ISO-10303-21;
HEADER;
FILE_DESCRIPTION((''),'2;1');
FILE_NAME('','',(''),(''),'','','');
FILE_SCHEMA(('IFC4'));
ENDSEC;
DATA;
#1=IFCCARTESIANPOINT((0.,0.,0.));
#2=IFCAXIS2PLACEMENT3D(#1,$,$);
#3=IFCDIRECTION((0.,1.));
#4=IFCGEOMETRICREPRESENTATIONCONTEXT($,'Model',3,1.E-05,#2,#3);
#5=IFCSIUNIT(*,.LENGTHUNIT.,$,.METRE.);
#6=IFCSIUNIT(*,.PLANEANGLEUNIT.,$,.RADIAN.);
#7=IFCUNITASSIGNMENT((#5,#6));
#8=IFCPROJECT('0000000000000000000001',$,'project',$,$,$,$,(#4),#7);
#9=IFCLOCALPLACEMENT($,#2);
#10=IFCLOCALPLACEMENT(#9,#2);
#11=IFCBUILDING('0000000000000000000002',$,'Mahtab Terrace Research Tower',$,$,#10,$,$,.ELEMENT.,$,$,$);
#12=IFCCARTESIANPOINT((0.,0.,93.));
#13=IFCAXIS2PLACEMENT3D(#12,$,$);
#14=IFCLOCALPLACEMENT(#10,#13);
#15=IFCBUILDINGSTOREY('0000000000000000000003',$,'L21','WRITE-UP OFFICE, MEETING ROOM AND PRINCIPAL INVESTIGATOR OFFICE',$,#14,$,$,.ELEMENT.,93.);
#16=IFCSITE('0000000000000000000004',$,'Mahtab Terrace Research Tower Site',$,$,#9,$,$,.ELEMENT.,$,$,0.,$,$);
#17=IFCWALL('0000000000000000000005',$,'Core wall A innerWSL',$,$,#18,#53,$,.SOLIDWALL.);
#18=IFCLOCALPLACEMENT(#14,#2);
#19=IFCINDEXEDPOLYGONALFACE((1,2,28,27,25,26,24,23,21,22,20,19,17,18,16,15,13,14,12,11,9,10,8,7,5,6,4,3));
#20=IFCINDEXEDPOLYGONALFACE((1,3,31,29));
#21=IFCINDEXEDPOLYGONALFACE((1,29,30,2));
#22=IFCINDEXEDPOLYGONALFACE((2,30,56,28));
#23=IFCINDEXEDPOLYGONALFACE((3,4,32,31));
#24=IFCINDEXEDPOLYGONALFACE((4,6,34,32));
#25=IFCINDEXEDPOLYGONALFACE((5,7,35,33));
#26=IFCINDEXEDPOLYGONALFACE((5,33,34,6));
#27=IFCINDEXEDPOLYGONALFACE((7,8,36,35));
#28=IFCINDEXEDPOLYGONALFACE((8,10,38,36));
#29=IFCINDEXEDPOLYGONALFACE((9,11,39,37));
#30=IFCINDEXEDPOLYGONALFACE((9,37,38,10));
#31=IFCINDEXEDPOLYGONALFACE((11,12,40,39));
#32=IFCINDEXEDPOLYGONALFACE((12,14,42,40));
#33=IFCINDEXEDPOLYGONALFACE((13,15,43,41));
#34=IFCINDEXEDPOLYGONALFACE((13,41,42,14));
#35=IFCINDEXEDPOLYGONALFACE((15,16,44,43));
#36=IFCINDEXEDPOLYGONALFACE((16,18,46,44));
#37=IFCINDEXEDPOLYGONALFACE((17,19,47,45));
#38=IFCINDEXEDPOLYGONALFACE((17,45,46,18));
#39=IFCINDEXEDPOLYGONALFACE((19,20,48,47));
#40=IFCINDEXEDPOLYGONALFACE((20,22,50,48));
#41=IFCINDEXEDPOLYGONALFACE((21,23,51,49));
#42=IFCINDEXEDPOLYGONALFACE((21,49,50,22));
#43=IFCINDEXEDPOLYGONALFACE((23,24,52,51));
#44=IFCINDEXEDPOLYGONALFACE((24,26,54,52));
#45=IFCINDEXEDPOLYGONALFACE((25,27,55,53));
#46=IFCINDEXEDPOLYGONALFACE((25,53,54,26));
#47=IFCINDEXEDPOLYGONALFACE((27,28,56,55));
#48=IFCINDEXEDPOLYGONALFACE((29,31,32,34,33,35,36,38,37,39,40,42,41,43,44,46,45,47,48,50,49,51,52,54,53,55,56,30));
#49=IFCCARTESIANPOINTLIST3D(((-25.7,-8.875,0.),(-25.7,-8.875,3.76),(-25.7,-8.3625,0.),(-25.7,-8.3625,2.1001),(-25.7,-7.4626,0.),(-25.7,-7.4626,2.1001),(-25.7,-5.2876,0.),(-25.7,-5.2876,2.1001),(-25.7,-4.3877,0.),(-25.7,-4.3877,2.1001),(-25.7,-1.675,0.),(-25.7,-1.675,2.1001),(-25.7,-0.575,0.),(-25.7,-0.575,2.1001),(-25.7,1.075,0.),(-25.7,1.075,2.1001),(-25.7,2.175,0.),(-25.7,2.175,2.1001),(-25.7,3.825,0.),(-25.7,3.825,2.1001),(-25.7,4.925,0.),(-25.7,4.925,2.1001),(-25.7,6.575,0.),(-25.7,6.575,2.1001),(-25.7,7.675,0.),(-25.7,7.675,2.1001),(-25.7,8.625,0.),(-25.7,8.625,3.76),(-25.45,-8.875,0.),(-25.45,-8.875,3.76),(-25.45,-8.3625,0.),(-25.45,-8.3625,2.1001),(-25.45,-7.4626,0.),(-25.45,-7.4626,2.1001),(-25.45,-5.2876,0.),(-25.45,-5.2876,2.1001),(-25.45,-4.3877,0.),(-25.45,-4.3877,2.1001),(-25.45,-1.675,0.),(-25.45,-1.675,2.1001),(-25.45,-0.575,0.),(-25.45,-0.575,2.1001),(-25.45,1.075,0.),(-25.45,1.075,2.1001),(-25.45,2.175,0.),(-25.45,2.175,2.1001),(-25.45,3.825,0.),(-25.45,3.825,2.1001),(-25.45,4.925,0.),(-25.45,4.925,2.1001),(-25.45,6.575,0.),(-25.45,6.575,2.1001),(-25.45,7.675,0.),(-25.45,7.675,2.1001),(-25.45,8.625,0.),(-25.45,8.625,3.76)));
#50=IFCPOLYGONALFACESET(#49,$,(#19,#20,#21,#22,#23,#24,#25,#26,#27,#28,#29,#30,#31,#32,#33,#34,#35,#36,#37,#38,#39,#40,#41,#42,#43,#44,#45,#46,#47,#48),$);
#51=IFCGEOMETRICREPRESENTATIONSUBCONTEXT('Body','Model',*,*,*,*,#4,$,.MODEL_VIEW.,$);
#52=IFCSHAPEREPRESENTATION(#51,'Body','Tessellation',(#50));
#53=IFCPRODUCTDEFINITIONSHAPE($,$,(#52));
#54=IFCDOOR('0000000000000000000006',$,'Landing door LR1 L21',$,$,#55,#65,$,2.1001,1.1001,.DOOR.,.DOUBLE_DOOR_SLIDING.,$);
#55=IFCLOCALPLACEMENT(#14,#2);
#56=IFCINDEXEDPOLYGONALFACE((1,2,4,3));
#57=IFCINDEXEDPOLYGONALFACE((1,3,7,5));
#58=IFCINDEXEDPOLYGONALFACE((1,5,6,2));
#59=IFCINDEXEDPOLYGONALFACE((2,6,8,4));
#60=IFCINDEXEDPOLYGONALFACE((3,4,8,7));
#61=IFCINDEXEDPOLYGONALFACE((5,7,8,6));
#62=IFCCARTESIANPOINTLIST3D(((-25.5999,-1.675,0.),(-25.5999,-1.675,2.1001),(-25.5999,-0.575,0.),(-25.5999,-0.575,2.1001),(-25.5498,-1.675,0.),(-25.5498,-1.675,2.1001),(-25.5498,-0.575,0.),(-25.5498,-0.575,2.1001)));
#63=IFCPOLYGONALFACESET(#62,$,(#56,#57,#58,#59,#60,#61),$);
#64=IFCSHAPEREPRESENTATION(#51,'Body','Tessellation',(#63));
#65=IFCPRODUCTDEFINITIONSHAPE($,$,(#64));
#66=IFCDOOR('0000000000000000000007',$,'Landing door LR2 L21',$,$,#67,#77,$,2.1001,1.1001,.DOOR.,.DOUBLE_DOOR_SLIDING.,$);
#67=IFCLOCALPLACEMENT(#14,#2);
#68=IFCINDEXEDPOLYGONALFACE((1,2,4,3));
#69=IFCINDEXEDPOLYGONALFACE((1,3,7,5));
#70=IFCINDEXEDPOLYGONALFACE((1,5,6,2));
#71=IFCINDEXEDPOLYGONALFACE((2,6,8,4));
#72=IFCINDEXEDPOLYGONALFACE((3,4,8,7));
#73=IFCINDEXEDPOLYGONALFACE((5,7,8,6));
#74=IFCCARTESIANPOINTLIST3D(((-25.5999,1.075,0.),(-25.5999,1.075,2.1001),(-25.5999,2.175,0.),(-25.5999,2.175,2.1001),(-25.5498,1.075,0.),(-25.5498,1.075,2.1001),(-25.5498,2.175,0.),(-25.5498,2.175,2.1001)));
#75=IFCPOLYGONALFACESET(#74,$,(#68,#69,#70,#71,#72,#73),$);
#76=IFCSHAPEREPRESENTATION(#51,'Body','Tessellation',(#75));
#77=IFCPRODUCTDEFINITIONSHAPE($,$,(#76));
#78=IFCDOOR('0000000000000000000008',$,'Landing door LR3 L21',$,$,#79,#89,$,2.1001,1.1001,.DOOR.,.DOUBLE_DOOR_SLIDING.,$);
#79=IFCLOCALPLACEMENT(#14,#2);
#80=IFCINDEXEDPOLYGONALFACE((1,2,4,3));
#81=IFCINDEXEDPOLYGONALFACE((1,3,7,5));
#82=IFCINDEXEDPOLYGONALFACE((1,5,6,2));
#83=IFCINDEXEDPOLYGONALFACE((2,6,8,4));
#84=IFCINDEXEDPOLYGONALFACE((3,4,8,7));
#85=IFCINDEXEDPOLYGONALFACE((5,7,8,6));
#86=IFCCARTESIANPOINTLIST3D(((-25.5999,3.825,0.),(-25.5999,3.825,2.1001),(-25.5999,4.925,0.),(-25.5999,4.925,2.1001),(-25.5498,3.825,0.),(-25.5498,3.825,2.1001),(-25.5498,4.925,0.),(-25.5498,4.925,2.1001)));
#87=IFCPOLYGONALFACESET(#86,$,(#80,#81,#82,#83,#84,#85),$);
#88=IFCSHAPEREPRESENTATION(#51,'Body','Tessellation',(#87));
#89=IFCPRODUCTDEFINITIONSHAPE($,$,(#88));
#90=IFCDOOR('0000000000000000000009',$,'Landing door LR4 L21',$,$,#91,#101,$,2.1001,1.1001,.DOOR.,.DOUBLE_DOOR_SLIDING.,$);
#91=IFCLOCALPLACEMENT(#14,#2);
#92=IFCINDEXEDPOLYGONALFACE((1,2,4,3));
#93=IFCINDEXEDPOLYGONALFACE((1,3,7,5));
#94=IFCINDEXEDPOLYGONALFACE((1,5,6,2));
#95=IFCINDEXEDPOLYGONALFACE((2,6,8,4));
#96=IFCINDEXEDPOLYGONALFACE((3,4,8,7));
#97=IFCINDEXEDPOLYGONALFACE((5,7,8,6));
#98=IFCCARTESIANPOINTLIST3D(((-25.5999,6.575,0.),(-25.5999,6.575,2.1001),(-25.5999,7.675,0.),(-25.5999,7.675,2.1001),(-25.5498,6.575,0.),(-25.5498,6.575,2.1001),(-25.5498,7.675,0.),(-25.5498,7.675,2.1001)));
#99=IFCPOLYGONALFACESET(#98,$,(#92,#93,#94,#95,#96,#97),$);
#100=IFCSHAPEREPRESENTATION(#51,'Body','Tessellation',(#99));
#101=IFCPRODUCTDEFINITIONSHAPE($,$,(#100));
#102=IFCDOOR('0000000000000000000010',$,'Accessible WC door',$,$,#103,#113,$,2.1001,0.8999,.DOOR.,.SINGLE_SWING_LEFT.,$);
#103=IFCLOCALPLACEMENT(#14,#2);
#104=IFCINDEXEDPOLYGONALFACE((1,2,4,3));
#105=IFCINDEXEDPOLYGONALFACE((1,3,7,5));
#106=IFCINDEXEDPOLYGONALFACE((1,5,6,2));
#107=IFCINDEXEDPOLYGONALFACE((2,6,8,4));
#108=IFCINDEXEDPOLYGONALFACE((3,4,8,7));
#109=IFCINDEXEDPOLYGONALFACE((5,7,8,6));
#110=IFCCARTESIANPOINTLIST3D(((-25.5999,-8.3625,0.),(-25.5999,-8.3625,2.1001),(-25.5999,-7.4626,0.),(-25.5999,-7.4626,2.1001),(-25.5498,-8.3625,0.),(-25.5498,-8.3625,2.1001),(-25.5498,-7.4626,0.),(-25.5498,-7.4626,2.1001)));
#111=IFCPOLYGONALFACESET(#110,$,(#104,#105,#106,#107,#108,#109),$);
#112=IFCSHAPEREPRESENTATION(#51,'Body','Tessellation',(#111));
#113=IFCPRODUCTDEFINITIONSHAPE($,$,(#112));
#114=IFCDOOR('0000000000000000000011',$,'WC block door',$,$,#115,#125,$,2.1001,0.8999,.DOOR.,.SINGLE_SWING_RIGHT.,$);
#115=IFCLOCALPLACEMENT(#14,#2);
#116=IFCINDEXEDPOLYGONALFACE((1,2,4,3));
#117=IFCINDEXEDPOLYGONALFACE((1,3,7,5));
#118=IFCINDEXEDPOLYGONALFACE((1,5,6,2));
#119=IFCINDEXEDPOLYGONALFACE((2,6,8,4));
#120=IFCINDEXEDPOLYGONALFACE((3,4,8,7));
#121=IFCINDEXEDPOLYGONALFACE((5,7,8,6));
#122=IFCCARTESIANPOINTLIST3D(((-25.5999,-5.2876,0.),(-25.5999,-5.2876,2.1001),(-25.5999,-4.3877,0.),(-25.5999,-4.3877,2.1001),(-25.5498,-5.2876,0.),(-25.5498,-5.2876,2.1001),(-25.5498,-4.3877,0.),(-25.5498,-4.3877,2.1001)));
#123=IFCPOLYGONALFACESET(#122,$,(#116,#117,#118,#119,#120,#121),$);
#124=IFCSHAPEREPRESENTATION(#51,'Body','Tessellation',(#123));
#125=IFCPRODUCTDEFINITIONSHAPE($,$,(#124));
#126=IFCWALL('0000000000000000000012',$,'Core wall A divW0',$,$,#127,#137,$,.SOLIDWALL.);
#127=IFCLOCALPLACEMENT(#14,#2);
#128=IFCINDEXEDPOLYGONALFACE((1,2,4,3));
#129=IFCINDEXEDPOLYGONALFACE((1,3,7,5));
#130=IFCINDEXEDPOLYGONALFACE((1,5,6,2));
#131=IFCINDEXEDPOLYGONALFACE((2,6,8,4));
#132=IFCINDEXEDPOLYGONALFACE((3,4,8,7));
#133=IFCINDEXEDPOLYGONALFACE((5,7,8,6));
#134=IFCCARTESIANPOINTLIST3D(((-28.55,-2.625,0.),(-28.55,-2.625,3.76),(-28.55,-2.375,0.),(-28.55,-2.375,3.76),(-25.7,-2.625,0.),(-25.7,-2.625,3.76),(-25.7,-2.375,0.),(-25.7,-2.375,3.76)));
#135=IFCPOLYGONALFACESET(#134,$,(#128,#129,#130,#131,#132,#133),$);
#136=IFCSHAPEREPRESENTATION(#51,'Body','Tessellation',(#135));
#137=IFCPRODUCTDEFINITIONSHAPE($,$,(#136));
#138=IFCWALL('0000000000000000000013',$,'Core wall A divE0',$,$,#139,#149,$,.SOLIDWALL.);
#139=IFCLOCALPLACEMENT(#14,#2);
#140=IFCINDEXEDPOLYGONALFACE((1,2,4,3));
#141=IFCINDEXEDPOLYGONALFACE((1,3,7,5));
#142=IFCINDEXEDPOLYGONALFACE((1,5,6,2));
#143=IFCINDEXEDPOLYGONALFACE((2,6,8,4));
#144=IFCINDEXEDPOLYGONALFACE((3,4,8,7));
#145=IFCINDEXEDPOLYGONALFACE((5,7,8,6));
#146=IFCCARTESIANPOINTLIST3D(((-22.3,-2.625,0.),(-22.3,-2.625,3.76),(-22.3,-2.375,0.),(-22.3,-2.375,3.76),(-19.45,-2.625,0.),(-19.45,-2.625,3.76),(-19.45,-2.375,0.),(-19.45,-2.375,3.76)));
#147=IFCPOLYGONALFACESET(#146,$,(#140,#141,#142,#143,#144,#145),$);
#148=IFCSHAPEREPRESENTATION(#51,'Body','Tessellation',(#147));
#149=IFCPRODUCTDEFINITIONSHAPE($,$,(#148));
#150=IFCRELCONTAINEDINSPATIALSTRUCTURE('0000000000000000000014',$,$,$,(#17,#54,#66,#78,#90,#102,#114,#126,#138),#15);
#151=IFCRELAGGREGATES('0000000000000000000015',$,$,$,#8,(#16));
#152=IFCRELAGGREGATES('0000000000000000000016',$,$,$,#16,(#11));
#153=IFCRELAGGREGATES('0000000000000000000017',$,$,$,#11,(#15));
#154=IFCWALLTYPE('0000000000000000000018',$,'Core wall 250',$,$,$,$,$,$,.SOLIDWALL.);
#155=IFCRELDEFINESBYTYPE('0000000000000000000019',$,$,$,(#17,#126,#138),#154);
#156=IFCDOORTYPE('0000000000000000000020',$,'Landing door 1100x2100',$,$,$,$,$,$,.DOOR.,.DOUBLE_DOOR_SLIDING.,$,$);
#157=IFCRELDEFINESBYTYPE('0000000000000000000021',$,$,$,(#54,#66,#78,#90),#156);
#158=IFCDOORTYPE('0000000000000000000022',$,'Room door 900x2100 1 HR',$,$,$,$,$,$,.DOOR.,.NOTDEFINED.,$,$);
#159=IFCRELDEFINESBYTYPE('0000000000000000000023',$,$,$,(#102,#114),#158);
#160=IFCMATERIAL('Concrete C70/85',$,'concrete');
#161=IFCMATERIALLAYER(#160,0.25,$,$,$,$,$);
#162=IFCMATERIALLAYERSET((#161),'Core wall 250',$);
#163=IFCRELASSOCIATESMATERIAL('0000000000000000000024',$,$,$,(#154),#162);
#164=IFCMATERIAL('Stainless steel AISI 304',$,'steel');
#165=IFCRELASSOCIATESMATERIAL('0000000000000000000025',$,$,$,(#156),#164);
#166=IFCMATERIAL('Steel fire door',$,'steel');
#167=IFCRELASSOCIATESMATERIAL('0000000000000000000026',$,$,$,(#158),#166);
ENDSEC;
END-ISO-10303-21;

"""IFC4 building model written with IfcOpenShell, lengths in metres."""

from ifc_helpers import new_model, si_unit, direction, frame, frame_2d, origin, place, context, subcontext, project, spatial, rectangle, extrude, material, layer, layer_set, type_object, element, fill, save


model = new_model("IFC4")

# Units and contexts
model_context = context("Model", 3, precision=1e-05, world=origin(), true_north=direction((0.0, 1.0)))
body_context = subcontext(model_context, "Body", "Model", "MODEL_VIEW")
ifc_project = project(units=[si_unit("LENGTHUNIT", "METRE"), si_unit("PLANEANGLEUNIT", "RADIAN")], contexts=[model_context])

# Site, building, storey
site_placement = place(None, origin())
site = spatial("IfcSite", under=ifc_project, at=site_placement, Name="Mahtab Terrace Research Tower Site", CompositionType="ELEMENT", RefElevation=0.0)
building_placement = place(site_placement, origin())
building = spatial("IfcBuilding", under=site, at=building_placement, Name="Mahtab Terrace Research Tower", CompositionType="ELEMENT")
storey_placement = place(building_placement, frame((0.0, 0.0, 93.0)))
storey = spatial("IfcBuildingStorey", under=building, at=storey_placement, Name="L21", Description="WRITE-UP OFFICE, MEETING ROOM AND PRINCIPAL INVESTIGATOR OFFICE", CompositionType="ELEMENT", Elevation=93.0)

# Shared definitions
ifc_material_1 = material(Name="Concrete C70/85", Category="concrete")

# Shared definitions
ifc_layer_1 = layer(ifc_material_1, 0.25)
ifc_layer_set_1 = layer_set([ifc_layer_1], Name="Core wall 250")
wall_type_1 = type_object("IfcWallType", Name="Core wall 250", PredefinedType="SOLIDWALL", material=ifc_layer_set_1)

# Shared definitions
ifc_material_2 = material(Name="Steel fire door", Category="steel")

# Wall, openings, doors
wall_1_placement = place(storey_placement, frame((-25.575, -8.875, 0.0), z_axis=(0.0, 0.0, 1.0), x_axis=(0.0, 1.0, 0.0)))
wall_1 = element("IfcWall", 1, at=wall_1_placement, inside=storey, type_object=wall_type_1, Name="Core wall A innerWSL", PredefinedType="SOLIDWALL", context=body_context, shape_type="SweptSolid", body=[
    extrude(rectangle(XDim=17.5, YDim=0.25, at=frame_2d((8.75, 0.0))), origin(), (0.0, 0.0, 1.0), 3.76),
])
opening_1_placement = place(wall_1_placement, frame((7.2, 0.0, 0.0)))
opening_1 = element("IfcOpeningElement", 2, at=opening_1_placement, cuts=wall_1, PredefinedType="OPENING", context=body_context, shape_type="SweptSolid", body=[
    extrude(rectangle(XDim=1.1001, YDim=2.1001, at=frame_2d((0.55, 1.05))), frame((0.0, 0.135, 0.0), z_axis=(0.0, -1.0, 0.0), x_axis=(1.0, 0.0, 0.0)), (0.0, 0.0, 1.0), 0.27),
])
opening_2_placement = place(wall_1_placement, frame((9.95, 0.0, 0.0)))
opening_2 = element("IfcOpeningElement", 3, at=opening_2_placement, cuts=wall_1, PredefinedType="OPENING", context=body_context, shape_type="SweptSolid", body=[
    extrude(rectangle(XDim=1.1001, YDim=2.1001, at=frame_2d((0.55, 1.05))), frame((0.0, 0.135, 0.0), z_axis=(0.0, -1.0, 0.0), x_axis=(1.0, 0.0, 0.0)), (0.0, 0.0, 1.0), 0.27),
])
opening_3_placement = place(wall_1_placement, frame((12.7, 0.0, 0.0)))
opening_3 = element("IfcOpeningElement", 4, at=opening_3_placement, cuts=wall_1, PredefinedType="OPENING", context=body_context, shape_type="SweptSolid", body=[
    extrude(rectangle(XDim=1.1001, YDim=2.1001, at=frame_2d((0.55, 1.05))), frame((0.0, 0.135, 0.0), z_axis=(0.0, -1.0, 0.0), x_axis=(1.0, 0.0, 0.0)), (0.0, 0.0, 1.0), 0.27),
])
opening_4_placement = place(wall_1_placement, frame((15.45, 0.0, 0.0)))
opening_4 = element("IfcOpeningElement", 5, at=opening_4_placement, cuts=wall_1, PredefinedType="OPENING", context=body_context, shape_type="SweptSolid", body=[
    extrude(rectangle(XDim=1.1001, YDim=2.1001, at=frame_2d((0.55, 1.05))), frame((0.0, 0.135, 0.0), z_axis=(0.0, -1.0, 0.0), x_axis=(1.0, 0.0, 0.0)), (0.0, 0.0, 1.0), 0.27),
])
opening_5_placement = place(wall_1_placement, frame((0.5125, 0.0, 0.0)))
opening_5 = element("IfcOpeningElement", 6, at=opening_5_placement, cuts=wall_1, PredefinedType="OPENING", context=body_context, shape_type="SweptSolid", body=[
    extrude(rectangle(XDim=0.8999, YDim=2.1001, at=frame_2d((0.45, 1.05))), frame((0.0, 0.135, 0.0), z_axis=(0.0, -1.0, 0.0), x_axis=(1.0, 0.0, 0.0)), (0.0, 0.0, 1.0), 0.27),
])
opening_6_placement = place(wall_1_placement, frame((3.5874, 0.0, 0.0)))
opening_6 = element("IfcOpeningElement", 7, at=opening_6_placement, cuts=wall_1, PredefinedType="OPENING", context=body_context, shape_type="SweptSolid", body=[
    extrude(rectangle(XDim=0.8999, YDim=2.1001, at=frame_2d((0.45, 1.05))), frame((0.0, 0.135, 0.0), z_axis=(0.0, -1.0, 0.0), x_axis=(1.0, 0.0, 0.0)), (0.0, 0.0, 1.0), 0.27),
])
ifc_material_3 = material(Name="Stainless steel AISI 304", Category="steel")
door_type_1 = type_object("IfcDoorType", Name="Landing door 1100x2100", OperationType="DOUBLE_DOOR_SLIDING", PredefinedType="DOOR", material=ifc_material_3)
door_1_placement = place(opening_1_placement, origin())
door_1 = element("IfcDoor", 8, at=door_1_placement, inside=storey, type_object=door_type_1, Name="Landing door LR1 L21", OperationType="DOUBLE_DOOR_SLIDING", OverallHeight=2.1001, OverallWidth=1.1001, PredefinedType="DOOR", context=body_context, shape_type="SweptSolid", body=[
    extrude(rectangle(XDim=1.1001, YDim=2.1001, at=frame_2d((0.55, 1.05))), frame((0.0, 0.0249, 0.0), z_axis=(0.0, -1.0, 0.0), x_axis=(1.0, 0.0, 0.0)), (0.0, 0.0, 1.0), 0.05),
])
fill(opening_1, door_1)
door_2_placement = place(opening_2_placement, origin())
door_2 = element("IfcDoor", 9, at=door_2_placement, inside=storey, type_object=door_type_1, Name="Landing door LR2 L21", OperationType="DOUBLE_DOOR_SLIDING", OverallHeight=2.1001, OverallWidth=1.1001, PredefinedType="DOOR", context=body_context, shape_type="SweptSolid", body=[
    extrude(rectangle(XDim=1.1001, YDim=2.1001, at=frame_2d((0.55, 1.05))), frame((0.0, 0.0249, 0.0), z_axis=(0.0, -1.0, 0.0), x_axis=(1.0, 0.0, 0.0)), (0.0, 0.0, 1.0), 0.05),
])
fill(opening_2, door_2)
door_3_placement = place(opening_3_placement, origin())
door_3 = element("IfcDoor", 10, at=door_3_placement, inside=storey, type_object=door_type_1, Name="Landing door LR3 L21", OperationType="DOUBLE_DOOR_SLIDING", OverallHeight=2.1001, OverallWidth=1.1001, PredefinedType="DOOR", context=body_context, shape_type="SweptSolid", body=[
    extrude(rectangle(XDim=1.1001, YDim=2.1001, at=frame_2d((0.55, 1.05))), frame((0.0, 0.0249, 0.0), z_axis=(0.0, -1.0, 0.0), x_axis=(1.0, 0.0, 0.0)), (0.0, 0.0, 1.0), 0.05),
])
fill(opening_3, door_3)
door_4_placement = place(opening_4_placement, origin())
door_4 = element("IfcDoor", 11, at=door_4_placement, inside=storey, type_object=door_type_1, Name="Landing door LR4 L21", OperationType="DOUBLE_DOOR_SLIDING", OverallHeight=2.1001, OverallWidth=1.1001, PredefinedType="DOOR", context=body_context, shape_type="SweptSolid", body=[
    extrude(rectangle(XDim=1.1001, YDim=2.1001, at=frame_2d((0.55, 1.05))), frame((0.0, 0.0249, 0.0), z_axis=(0.0, -1.0, 0.0), x_axis=(1.0, 0.0, 0.0)), (0.0, 0.0, 1.0), 0.05),
])
fill(opening_4, door_4)
door_type_2 = type_object("IfcDoorType", Name="Room door 900x2100 1 HR", OperationType="NOTDEFINED", PredefinedType="DOOR", material=ifc_material_2)
door_5_placement = place(opening_5_placement, origin())
door_5 = element("IfcDoor", 12, at=door_5_placement, inside=storey, type_object=door_type_2, Name="Accessible WC door", OperationType="SINGLE_SWING_LEFT", OverallHeight=2.1001, OverallWidth=0.8999, PredefinedType="DOOR", context=body_context, shape_type="SweptSolid", body=[
    extrude(rectangle(XDim=0.8999, YDim=2.1001, at=frame_2d((0.45, 1.05))), frame((0.0, 0.0249, 0.0), z_axis=(0.0, -1.0, 0.0), x_axis=(1.0, 0.0, 0.0)), (0.0, 0.0, 1.0), 0.05),
])
fill(opening_5, door_5)
door_6_placement = place(opening_6_placement, origin())
door_6 = element("IfcDoor", 13, at=door_6_placement, inside=storey, type_object=door_type_2, Name="WC block door", OperationType="SINGLE_SWING_RIGHT", OverallHeight=2.1001, OverallWidth=0.8999, PredefinedType="DOOR", context=body_context, shape_type="SweptSolid", body=[
    extrude(rectangle(XDim=0.8999, YDim=2.1001, at=frame_2d((0.45, 1.05))), frame((0.0, 0.0249, 0.0), z_axis=(0.0, -1.0, 0.0), x_axis=(1.0, 0.0, 0.0)), (0.0, 0.0, 1.0), 0.05),
])
fill(opening_6, door_6)

# Walls
for number, where, z_axis, x_axis, name in (
    (14, (-28.55, -2.5, 0.0), (0.0, 0.0, 1.0), (1.0, 0.0, 0.0), "Core wall A divW0"),
    (15, (-22.3, -2.5, 0.0), (0.0, 0.0, 1.0), (1.0, 0.0, 0.0), "Core wall A divE0"),
):
    element("IfcWall", number, at=place(storey_placement, frame(where, z_axis=z_axis, x_axis=x_axis)), inside=storey, type_object=wall_type_1, Name=name, PredefinedType="SOLIDWALL", context=body_context, shape_type="SweptSolid", body=[
        extrude(rectangle(XDim=2.8501, YDim=0.25, at=frame_2d((1.425, 0.0))), origin(), (0.0, 0.0, 1.0), 3.76),
    ])

save(model, "model.ifc")
